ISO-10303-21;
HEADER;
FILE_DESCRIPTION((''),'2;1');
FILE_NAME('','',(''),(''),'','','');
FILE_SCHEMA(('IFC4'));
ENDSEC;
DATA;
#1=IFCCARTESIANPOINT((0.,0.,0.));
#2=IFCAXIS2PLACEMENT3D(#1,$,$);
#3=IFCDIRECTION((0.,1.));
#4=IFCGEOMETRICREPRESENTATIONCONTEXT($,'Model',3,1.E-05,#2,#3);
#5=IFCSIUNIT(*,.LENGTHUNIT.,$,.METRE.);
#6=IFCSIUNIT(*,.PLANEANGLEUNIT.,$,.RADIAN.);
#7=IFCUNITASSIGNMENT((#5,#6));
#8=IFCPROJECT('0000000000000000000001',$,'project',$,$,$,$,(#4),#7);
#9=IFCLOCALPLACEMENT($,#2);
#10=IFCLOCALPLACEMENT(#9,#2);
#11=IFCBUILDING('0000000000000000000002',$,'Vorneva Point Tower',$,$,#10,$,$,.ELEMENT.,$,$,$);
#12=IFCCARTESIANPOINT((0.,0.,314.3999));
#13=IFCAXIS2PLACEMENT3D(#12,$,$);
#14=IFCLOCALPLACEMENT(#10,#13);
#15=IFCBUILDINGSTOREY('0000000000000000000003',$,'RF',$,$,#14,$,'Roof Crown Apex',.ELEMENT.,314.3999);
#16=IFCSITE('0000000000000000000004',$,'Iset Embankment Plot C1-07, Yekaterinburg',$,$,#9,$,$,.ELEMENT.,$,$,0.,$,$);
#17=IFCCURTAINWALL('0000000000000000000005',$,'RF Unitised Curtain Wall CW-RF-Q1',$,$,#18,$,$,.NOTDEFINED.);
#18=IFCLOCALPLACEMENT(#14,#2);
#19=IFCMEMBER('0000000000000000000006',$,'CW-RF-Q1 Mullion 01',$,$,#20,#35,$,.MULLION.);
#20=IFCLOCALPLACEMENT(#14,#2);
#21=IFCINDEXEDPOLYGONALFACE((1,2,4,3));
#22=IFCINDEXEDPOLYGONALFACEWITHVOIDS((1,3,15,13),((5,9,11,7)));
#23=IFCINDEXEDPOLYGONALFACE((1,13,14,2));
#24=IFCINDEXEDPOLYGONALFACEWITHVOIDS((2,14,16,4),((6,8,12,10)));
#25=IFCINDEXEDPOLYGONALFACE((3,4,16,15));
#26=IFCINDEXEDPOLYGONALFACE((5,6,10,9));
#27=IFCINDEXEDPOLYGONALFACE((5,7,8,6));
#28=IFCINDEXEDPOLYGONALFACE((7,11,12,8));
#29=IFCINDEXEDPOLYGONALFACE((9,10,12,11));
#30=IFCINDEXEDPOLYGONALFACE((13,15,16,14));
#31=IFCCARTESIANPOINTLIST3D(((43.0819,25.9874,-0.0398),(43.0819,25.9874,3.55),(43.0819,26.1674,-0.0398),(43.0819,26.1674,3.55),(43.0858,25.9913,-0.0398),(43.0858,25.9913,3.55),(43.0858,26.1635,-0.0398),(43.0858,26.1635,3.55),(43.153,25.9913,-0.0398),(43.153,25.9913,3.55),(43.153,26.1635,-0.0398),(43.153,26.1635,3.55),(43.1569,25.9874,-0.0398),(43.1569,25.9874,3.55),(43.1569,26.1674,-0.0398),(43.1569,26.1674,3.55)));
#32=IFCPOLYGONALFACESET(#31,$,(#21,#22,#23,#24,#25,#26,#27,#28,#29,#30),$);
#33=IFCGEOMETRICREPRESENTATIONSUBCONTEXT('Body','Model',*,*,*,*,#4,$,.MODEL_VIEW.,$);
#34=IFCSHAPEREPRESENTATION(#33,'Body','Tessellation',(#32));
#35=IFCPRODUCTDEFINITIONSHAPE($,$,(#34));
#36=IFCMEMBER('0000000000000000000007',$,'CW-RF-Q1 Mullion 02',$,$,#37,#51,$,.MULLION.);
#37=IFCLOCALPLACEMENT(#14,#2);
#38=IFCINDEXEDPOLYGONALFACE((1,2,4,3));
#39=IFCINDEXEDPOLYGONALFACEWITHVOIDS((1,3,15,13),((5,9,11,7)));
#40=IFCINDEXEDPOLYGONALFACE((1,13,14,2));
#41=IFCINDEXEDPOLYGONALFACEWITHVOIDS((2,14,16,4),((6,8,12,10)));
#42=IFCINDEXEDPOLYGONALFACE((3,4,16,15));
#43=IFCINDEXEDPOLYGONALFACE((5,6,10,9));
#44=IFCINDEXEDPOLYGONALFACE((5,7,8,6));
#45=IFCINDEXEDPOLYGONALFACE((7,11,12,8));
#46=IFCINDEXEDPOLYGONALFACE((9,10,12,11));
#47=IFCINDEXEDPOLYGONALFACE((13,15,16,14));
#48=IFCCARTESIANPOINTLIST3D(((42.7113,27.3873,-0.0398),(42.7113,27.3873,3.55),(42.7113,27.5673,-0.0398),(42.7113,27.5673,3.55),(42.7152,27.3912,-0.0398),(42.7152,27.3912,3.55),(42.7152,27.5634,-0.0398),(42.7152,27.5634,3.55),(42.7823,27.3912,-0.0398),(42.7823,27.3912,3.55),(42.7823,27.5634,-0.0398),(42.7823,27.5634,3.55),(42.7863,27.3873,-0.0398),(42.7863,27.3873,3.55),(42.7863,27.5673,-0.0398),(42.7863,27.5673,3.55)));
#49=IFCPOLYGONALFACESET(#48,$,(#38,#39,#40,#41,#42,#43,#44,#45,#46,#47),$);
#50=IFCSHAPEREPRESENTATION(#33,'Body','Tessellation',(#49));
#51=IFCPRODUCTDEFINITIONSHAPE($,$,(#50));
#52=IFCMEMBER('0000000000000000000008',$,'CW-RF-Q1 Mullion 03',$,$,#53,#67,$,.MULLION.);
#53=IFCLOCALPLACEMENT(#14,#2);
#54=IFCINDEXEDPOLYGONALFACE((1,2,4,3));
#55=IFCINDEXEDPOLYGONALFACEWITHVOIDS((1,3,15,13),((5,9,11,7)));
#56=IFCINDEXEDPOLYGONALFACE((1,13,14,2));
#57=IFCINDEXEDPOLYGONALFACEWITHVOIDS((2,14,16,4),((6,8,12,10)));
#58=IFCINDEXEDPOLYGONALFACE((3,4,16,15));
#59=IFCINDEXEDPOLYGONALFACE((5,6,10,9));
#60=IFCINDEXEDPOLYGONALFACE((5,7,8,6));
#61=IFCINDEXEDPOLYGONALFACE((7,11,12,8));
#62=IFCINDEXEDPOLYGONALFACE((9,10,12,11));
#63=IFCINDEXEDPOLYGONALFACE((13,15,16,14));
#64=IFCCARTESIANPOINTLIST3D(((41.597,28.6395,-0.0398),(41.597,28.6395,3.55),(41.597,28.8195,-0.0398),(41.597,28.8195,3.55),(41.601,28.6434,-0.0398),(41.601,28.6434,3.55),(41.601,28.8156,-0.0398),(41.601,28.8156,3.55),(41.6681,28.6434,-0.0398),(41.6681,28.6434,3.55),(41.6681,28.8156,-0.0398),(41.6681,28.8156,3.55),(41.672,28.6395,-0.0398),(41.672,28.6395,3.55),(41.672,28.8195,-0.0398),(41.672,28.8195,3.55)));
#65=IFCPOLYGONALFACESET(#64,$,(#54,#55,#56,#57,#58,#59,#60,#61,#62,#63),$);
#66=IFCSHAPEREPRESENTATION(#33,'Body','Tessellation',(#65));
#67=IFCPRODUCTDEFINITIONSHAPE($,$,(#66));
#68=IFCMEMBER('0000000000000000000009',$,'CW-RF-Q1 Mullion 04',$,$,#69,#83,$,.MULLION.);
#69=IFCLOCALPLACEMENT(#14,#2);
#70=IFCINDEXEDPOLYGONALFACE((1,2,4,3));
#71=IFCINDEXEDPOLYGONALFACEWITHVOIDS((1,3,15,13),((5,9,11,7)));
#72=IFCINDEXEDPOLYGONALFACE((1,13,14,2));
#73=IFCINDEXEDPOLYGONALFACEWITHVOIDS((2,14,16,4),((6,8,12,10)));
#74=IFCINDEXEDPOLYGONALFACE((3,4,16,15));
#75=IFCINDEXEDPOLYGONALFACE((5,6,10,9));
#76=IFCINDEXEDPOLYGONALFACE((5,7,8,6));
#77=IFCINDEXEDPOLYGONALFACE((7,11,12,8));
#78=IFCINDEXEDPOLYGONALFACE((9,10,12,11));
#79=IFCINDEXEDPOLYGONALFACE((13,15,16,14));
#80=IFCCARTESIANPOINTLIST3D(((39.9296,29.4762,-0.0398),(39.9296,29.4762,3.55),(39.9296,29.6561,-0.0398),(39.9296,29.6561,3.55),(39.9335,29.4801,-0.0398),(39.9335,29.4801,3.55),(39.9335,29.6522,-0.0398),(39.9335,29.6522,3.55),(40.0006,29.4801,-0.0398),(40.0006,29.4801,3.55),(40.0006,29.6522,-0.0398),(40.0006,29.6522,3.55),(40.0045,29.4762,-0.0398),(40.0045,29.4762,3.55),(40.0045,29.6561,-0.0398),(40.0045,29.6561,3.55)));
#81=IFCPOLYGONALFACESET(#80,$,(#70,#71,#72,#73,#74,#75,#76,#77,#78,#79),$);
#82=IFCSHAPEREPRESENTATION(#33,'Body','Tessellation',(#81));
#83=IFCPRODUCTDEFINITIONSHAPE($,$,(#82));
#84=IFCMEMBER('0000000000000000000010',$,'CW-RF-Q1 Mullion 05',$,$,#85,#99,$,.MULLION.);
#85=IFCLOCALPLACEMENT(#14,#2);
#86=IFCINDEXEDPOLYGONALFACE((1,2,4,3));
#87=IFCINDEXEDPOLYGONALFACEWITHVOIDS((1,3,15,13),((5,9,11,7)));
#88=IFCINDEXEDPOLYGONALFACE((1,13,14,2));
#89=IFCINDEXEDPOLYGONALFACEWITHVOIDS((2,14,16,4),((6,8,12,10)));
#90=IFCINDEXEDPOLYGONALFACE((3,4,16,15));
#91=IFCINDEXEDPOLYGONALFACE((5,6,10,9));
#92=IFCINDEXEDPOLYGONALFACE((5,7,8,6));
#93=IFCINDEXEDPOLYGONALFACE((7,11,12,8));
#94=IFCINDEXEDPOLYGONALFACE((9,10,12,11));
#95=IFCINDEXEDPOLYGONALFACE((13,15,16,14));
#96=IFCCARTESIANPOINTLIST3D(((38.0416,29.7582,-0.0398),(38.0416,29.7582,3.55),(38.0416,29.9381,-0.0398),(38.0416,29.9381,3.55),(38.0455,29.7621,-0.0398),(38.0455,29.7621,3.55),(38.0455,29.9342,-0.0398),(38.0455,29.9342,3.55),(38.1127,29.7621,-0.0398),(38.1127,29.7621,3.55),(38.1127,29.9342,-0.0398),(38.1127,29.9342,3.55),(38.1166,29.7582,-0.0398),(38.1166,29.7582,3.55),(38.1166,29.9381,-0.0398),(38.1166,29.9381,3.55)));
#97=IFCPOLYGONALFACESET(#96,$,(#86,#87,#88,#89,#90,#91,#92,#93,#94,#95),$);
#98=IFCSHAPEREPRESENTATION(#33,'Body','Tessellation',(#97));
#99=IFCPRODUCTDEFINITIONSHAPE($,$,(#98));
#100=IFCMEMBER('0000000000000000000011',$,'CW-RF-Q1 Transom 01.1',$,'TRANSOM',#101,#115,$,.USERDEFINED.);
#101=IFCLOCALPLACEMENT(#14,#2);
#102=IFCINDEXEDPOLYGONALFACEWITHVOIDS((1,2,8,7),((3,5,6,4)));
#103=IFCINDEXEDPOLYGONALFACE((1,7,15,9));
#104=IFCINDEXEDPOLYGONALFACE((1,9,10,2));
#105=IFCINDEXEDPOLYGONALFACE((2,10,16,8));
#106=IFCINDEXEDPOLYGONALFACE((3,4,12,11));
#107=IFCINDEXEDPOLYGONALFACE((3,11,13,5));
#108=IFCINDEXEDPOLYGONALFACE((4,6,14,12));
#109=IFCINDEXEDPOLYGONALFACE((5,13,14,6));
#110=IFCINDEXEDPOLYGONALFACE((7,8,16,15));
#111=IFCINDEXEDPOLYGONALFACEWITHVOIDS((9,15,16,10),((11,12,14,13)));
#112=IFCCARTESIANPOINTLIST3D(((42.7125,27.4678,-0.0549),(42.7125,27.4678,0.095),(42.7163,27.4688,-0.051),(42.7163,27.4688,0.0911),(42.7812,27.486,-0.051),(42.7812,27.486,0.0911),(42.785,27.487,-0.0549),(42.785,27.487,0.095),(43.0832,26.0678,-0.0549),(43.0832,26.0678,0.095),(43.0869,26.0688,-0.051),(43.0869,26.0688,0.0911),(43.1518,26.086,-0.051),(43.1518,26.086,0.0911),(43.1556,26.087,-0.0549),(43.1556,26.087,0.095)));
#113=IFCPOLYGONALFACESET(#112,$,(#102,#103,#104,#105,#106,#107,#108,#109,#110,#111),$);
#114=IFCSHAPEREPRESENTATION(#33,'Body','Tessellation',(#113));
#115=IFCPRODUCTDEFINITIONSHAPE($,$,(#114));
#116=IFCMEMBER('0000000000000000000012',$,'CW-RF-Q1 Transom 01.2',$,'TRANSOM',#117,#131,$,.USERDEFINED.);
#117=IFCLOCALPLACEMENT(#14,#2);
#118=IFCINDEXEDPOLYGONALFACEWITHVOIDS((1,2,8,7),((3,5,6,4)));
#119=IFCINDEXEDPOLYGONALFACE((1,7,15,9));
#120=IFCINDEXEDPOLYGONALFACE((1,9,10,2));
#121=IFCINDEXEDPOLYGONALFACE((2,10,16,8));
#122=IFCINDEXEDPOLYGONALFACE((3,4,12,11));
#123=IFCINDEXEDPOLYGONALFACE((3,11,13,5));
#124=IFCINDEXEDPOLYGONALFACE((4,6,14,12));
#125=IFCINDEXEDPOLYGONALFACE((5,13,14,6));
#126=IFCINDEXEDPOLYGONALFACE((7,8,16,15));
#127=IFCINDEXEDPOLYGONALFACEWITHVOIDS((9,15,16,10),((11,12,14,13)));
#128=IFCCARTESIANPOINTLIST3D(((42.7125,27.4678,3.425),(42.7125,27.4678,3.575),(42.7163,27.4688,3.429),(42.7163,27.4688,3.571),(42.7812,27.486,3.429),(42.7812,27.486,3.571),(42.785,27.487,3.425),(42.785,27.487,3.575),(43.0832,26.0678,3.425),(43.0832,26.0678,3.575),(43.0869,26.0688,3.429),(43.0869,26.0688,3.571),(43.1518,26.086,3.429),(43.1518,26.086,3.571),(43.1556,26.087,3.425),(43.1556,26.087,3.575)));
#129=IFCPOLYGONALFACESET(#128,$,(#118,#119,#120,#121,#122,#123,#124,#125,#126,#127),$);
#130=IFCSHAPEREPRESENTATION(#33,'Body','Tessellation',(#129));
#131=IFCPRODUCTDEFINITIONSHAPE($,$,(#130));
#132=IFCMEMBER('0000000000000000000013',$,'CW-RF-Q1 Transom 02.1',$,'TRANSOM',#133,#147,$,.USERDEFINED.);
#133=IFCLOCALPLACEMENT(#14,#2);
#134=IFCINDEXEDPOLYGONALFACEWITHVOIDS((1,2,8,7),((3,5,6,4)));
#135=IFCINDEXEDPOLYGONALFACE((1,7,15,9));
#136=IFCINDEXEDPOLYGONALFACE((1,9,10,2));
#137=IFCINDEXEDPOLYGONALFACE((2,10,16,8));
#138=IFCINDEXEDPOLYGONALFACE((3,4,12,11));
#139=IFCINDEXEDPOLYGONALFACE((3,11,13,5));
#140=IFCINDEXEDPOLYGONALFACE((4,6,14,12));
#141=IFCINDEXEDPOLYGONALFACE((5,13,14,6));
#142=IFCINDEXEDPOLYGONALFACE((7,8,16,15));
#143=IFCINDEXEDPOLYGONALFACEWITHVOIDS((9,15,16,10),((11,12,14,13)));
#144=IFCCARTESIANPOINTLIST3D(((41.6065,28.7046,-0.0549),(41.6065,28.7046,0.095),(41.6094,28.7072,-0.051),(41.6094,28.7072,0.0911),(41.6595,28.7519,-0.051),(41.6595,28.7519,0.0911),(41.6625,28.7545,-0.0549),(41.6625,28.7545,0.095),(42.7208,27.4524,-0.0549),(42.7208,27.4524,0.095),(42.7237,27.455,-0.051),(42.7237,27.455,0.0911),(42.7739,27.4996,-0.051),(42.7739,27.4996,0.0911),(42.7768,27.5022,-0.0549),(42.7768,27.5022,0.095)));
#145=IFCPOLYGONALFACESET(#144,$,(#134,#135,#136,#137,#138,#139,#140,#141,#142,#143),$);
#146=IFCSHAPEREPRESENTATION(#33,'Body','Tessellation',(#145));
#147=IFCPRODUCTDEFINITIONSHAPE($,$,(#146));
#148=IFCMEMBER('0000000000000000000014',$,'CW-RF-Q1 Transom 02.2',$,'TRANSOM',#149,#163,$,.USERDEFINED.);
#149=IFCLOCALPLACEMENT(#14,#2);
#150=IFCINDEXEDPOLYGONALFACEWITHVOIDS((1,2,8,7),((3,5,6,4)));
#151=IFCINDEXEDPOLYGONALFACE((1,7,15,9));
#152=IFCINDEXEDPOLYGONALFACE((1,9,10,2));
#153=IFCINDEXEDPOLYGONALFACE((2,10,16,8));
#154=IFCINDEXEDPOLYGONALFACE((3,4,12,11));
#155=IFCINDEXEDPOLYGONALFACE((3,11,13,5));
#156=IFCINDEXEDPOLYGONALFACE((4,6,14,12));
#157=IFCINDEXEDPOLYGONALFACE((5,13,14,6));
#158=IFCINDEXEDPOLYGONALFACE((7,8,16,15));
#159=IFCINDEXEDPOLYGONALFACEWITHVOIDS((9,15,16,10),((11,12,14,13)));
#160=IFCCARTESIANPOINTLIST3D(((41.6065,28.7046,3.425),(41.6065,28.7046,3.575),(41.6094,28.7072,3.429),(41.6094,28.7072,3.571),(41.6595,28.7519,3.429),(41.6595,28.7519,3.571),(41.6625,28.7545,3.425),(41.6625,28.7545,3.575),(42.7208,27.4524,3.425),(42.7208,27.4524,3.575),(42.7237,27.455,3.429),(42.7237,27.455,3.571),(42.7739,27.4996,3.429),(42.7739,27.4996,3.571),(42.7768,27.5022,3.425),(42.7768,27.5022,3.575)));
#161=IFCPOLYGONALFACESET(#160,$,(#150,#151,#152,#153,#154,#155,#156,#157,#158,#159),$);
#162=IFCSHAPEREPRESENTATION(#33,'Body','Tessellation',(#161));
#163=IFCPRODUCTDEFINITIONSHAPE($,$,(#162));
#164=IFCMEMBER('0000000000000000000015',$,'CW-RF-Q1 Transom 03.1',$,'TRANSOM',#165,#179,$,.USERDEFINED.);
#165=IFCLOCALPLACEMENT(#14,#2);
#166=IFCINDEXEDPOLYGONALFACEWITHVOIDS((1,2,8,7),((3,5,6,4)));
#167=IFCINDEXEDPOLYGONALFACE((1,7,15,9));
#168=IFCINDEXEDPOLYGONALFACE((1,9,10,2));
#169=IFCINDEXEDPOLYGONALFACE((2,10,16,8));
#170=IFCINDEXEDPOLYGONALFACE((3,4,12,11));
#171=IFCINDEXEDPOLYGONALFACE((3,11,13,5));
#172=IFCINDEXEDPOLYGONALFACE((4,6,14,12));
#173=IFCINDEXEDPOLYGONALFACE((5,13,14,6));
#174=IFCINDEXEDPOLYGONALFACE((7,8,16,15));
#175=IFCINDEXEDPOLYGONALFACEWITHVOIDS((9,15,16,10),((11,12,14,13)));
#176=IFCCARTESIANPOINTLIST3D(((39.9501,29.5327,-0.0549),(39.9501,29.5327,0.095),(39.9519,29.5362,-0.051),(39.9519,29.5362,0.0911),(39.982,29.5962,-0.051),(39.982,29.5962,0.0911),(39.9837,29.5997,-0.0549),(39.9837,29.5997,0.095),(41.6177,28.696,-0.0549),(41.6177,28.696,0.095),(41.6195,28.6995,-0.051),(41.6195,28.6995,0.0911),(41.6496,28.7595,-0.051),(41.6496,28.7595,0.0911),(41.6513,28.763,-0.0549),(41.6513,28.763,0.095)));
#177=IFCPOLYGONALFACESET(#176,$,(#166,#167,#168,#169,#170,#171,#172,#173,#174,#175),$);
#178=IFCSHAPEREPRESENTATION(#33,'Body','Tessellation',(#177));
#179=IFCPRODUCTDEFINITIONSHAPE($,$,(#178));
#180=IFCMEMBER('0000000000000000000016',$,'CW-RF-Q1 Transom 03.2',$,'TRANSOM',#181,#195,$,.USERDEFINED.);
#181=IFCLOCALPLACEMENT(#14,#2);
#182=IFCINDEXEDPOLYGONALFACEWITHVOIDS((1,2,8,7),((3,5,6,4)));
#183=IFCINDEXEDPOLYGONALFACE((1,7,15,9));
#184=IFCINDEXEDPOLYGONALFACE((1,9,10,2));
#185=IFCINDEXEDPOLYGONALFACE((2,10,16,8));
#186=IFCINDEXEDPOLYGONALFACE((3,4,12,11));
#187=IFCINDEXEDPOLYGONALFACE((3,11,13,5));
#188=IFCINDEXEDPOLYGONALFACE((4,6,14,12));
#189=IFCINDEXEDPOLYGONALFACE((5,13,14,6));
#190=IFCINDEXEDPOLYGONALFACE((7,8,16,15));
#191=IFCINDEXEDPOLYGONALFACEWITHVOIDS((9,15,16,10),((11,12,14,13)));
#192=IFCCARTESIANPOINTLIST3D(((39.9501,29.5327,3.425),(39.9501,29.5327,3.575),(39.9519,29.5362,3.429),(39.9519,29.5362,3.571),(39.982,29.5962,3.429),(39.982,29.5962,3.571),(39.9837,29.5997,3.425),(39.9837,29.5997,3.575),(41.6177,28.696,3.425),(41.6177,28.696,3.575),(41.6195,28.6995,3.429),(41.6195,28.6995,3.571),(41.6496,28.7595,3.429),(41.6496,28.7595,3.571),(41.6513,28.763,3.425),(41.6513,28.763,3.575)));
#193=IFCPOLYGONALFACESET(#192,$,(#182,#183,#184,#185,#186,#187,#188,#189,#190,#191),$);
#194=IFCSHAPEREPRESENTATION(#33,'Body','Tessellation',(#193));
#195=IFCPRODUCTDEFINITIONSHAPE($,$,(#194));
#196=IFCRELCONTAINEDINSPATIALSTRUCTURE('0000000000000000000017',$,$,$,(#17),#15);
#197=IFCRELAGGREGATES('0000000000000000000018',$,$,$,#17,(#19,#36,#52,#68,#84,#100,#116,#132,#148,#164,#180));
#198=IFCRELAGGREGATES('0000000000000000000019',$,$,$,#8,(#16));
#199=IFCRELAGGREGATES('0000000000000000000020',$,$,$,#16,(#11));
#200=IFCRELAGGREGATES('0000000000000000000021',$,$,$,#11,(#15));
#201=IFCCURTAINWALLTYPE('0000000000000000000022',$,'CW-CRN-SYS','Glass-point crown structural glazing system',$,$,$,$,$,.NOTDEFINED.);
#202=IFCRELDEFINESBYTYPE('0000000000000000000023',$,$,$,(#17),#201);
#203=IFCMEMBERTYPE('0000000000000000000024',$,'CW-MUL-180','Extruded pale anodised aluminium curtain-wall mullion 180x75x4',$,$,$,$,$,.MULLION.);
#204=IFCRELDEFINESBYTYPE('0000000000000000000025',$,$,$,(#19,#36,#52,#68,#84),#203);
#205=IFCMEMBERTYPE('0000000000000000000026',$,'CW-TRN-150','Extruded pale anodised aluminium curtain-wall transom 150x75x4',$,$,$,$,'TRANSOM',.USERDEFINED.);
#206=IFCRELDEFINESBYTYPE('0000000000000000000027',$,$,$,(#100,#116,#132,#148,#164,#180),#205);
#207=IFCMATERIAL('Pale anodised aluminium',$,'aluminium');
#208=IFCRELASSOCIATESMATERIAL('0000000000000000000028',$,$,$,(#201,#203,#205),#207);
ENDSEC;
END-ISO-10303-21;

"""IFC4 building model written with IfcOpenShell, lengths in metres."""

from ifc_helpers import new_model, si_unit, direction, frame, origin, origin_2d, place, context, subcontext, project, spatial, hollow_rectangle, extrude, material, material_profile, profile_set, type_object, element, aggregate, save


model = new_model("IFC4")

# Units and contexts
model_context = context("Model", 3, precision=1e-05, world=origin(), true_north=direction((0.0, 1.0)))
body_context = subcontext(model_context, "Body", "Model", "MODEL_VIEW")
ifc_project = project(units=[si_unit("LENGTHUNIT", "METRE"), si_unit("PLANEANGLEUNIT", "RADIAN")], contexts=[model_context])

# Site, building, storey
site_placement = place(None, origin())
site = spatial("IfcSite", under=ifc_project, at=site_placement, Name="Iset Embankment Plot C1-07, Yekaterinburg", CompositionType="ELEMENT", RefElevation=0.0)
building_placement = place(site_placement, origin())
building = spatial("IfcBuilding", under=site, at=building_placement, Name="Vorneva Point Tower", CompositionType="ELEMENT")
storey_placement = place(building_placement, frame((0.0, 0.0, 314.3999)))
storey = spatial("IfcBuildingStorey", under=building, at=storey_placement, Name="RF", LongName="Roof Crown Apex", CompositionType="ELEMENT", Elevation=314.3999)

# Curtain wall, members
ifc_material_1 = material(Name="Pale anodised aluminium", Category="aluminium")
curtain_wall_type = type_object("IfcCurtainWallType", Name="CW-CRN-SYS", Description="Glass-point crown structural glazing system", PredefinedType="NOTDEFINED", material=ifc_material_1)
curtain_wall_placement = place(storey_placement, origin())
curtain_wall = element("IfcCurtainWall", 1, at=curtain_wall_placement, inside=storey, type_object=curtain_wall_type, Name="RF Unitised Curtain Wall CW-RF-Q1", PredefinedType="NOTDEFINED")
ifc_material_profile_1 = material_profile(ifc_material_1, hollow_rectangle(XDim=0.075, YDim=0.1799, WallThickness=0.0039, at=origin_2d()), Name="AL-MUL 180x75x4")
ifc_profile_set_1 = profile_set([ifc_material_profile_1], Name="Pale anodised aluminium")
member_type_1 = type_object("IfcMemberType", Name="CW-MUL-180", Description="Extruded pale anodised aluminium curtain-wall mullion 180x75x4", PredefinedType="MULLION", material=ifc_profile_set_1)
member_1_placement = place(storey_placement, frame((43.1194, 26.0774, -0.0398), z_axis=(0.0, 0.0, 1.0), x_axis=(1.0, 0.0, 0.0)))
member_1 = element("IfcMember", 2, at=member_1_placement, type_object=member_type_1, Name="CW-RF-Q1 Mullion 01", PredefinedType="MULLION", context=body_context, shape_type="SweptSolid", body=[
    extrude(hollow_rectangle(XDim=0.075, YDim=0.1799, WallThickness=0.0039, at=origin_2d()), origin(), (0.0, 0.0, 1.0), 3.5898),
])
member_2_placement = place(storey_placement, frame((42.7488, 27.4773, -0.0398), z_axis=(0.0, 0.0, 1.0), x_axis=(1.0, 0.0, 0.0)))
member_2 = element("IfcMember", 3, at=member_2_placement, type_object=member_type_1, Name="CW-RF-Q1 Mullion 02", PredefinedType="MULLION", context=body_context, shape_type="SweptSolid", body=[
    extrude(hollow_rectangle(XDim=0.075, YDim=0.1799, WallThickness=0.0039, at=origin_2d()), origin(), (0.0, 0.0, 1.0), 3.5898),
])
member_3_placement = place(storey_placement, frame((41.6345, 28.7295, -0.0398), z_axis=(0.0, 0.0, 1.0), x_axis=(1.0, 0.0, 0.0)))
member_3 = element("IfcMember", 4, at=member_3_placement, type_object=member_type_1, Name="CW-RF-Q1 Mullion 03", PredefinedType="MULLION", context=body_context, shape_type="SweptSolid", body=[
    extrude(hollow_rectangle(XDim=0.075, YDim=0.1799, WallThickness=0.0039, at=origin_2d()), origin(), (0.0, 0.0, 1.0), 3.5898),
])
member_4_placement = place(storey_placement, frame((39.967, 29.5662, -0.0398), z_axis=(0.0, 0.0, 1.0), x_axis=(1.0, 0.0, 0.0)))
member_4 = element("IfcMember", 5, at=member_4_placement, type_object=member_type_1, Name="CW-RF-Q1 Mullion 04", PredefinedType="MULLION", context=body_context, shape_type="SweptSolid", body=[
    extrude(hollow_rectangle(XDim=0.075, YDim=0.1799, WallThickness=0.0039, at=origin_2d()), origin(), (0.0, 0.0, 1.0), 3.5898),
])
member_5_placement = place(storey_placement, frame((38.0791, 29.8481, -0.0398), z_axis=(0.0, 0.0, 1.0), x_axis=(1.0, 0.0, 0.0)))
member_5 = element("IfcMember", 6, at=member_5_placement, type_object=member_type_1, Name="CW-RF-Q1 Mullion 05", PredefinedType="MULLION", context=body_context, shape_type="SweptSolid", body=[
    extrude(hollow_rectangle(XDim=0.075, YDim=0.1799, WallThickness=0.0039, at=origin_2d()), origin(), (0.0, 0.0, 1.0), 3.5898),
])
ifc_material_profile_2 = material_profile(ifc_material_1, hollow_rectangle(XDim=0.075, YDim=0.1499, WallThickness=0.0039, at=origin_2d()), Name="AL-TRN 150x75x4")
ifc_profile_set_2 = profile_set([ifc_material_profile_2], Name="Pale anodised aluminium")
member_type_2 = type_object("IfcMemberType", Name="CW-TRN-150", Description="Extruded pale anodised aluminium curtain-wall transom 150x75x4", ElementType="TRANSOM", PredefinedType="USERDEFINED", material=ifc_profile_set_2)
member_6_placement = place(storey_placement, frame((43.1194, 26.0774, 0.02), z_axis=(-0.25592, 0.966698, 0.0), x_axis=(-0.966698, -0.25592, 0.0)))
member_6 = element("IfcMember", 7, at=member_6_placement, type_object=member_type_2, Name="CW-RF-Q1 Transom 01.1", ObjectType="TRANSOM", PredefinedType="USERDEFINED", context=body_context, shape_type="SweptSolid", body=[
    extrude(hollow_rectangle(XDim=0.075, YDim=0.1499, WallThickness=0.0039, at=origin_2d()), origin(), (0.0, 0.0, 1.0), 1.4482),
])
member_7_placement = place(storey_placement, frame((43.1194, 26.0774, 3.5), z_axis=(-0.25592, 0.966698, 0.0), x_axis=(-0.966698, -0.25592, 0.0)))
member_7 = element("IfcMember", 8, at=member_7_placement, type_object=member_type_2, Name="CW-RF-Q1 Transom 01.2", ObjectType="TRANSOM", PredefinedType="USERDEFINED", context=body_context, shape_type="SweptSolid", body=[
    extrude(hollow_rectangle(XDim=0.075, YDim=0.1499, WallThickness=0.0039, at=origin_2d()), origin(), (0.0, 0.0, 1.0), 1.4482),
])
member_8_placement = place(storey_placement, frame((42.7488, 27.4773, 0.02), z_axis=(-0.664762, 0.747056, 0.0), x_axis=(-0.747056, -0.664762, 0.0)))
member_8 = element("IfcMember", 9, at=member_8_placement, type_object=member_type_2, Name="CW-RF-Q1 Transom 02.1", ObjectType="TRANSOM", PredefinedType="USERDEFINED", context=body_context, shape_type="SweptSolid", body=[
    extrude(hollow_rectangle(XDim=0.075, YDim=0.1499, WallThickness=0.0039, at=origin_2d()), origin(), (0.0, 0.0, 1.0), 1.6763),
])
member_9_placement = place(storey_placement, frame((42.7488, 27.4773, 3.5), z_axis=(-0.664762, 0.747056, 0.0), x_axis=(-0.747056, -0.664762, 0.0)))
member_9 = element("IfcMember", 10, at=member_9_placement, type_object=member_type_2, Name="CW-RF-Q1 Transom 02.2", ObjectType="TRANSOM", PredefinedType="USERDEFINED", context=body_context, shape_type="SweptSolid", body=[
    extrude(hollow_rectangle(XDim=0.075, YDim=0.1499, WallThickness=0.0039, at=origin_2d()), origin(), (0.0, 0.0, 1.0), 1.6763),
])
member_10_placement = place(storey_placement, frame((41.6345, 28.7295, 0.02), z_axis=(-0.893798, 0.448469, 0.0), x_axis=(-0.448469, -0.893798, 0.0)))
member_10 = element("IfcMember", 11, at=member_10_placement, type_object=member_type_2, Name="CW-RF-Q1 Transom 03.1", ObjectType="TRANSOM", PredefinedType="USERDEFINED", context=body_context, shape_type="SweptSolid", body=[
    extrude(hollow_rectangle(XDim=0.075, YDim=0.1499, WallThickness=0.0039, at=origin_2d()), origin(), (0.0, 0.0, 1.0), 1.8657),
])
member_11_placement = place(storey_placement, frame((41.6345, 28.7295, 3.5), z_axis=(-0.893798, 0.448469, 0.0), x_axis=(-0.448469, -0.893798, 0.0)))
member_11 = element("IfcMember", 12, at=member_11_placement, type_object=member_type_2, Name="CW-RF-Q1 Transom 03.2", ObjectType="TRANSOM", PredefinedType="USERDEFINED", context=body_context, shape_type="SweptSolid", body=[
    extrude(hollow_rectangle(XDim=0.075, YDim=0.1499, WallThickness=0.0039, at=origin_2d()), origin(), (0.0, 0.0, 1.0), 1.8657),
])

aggregate(curtain_wall, [member_1, member_2, member_3, member_4, member_5, member_6, member_7, member_8, member_9, member_10, member_11])

save(model, "model.ifc")
